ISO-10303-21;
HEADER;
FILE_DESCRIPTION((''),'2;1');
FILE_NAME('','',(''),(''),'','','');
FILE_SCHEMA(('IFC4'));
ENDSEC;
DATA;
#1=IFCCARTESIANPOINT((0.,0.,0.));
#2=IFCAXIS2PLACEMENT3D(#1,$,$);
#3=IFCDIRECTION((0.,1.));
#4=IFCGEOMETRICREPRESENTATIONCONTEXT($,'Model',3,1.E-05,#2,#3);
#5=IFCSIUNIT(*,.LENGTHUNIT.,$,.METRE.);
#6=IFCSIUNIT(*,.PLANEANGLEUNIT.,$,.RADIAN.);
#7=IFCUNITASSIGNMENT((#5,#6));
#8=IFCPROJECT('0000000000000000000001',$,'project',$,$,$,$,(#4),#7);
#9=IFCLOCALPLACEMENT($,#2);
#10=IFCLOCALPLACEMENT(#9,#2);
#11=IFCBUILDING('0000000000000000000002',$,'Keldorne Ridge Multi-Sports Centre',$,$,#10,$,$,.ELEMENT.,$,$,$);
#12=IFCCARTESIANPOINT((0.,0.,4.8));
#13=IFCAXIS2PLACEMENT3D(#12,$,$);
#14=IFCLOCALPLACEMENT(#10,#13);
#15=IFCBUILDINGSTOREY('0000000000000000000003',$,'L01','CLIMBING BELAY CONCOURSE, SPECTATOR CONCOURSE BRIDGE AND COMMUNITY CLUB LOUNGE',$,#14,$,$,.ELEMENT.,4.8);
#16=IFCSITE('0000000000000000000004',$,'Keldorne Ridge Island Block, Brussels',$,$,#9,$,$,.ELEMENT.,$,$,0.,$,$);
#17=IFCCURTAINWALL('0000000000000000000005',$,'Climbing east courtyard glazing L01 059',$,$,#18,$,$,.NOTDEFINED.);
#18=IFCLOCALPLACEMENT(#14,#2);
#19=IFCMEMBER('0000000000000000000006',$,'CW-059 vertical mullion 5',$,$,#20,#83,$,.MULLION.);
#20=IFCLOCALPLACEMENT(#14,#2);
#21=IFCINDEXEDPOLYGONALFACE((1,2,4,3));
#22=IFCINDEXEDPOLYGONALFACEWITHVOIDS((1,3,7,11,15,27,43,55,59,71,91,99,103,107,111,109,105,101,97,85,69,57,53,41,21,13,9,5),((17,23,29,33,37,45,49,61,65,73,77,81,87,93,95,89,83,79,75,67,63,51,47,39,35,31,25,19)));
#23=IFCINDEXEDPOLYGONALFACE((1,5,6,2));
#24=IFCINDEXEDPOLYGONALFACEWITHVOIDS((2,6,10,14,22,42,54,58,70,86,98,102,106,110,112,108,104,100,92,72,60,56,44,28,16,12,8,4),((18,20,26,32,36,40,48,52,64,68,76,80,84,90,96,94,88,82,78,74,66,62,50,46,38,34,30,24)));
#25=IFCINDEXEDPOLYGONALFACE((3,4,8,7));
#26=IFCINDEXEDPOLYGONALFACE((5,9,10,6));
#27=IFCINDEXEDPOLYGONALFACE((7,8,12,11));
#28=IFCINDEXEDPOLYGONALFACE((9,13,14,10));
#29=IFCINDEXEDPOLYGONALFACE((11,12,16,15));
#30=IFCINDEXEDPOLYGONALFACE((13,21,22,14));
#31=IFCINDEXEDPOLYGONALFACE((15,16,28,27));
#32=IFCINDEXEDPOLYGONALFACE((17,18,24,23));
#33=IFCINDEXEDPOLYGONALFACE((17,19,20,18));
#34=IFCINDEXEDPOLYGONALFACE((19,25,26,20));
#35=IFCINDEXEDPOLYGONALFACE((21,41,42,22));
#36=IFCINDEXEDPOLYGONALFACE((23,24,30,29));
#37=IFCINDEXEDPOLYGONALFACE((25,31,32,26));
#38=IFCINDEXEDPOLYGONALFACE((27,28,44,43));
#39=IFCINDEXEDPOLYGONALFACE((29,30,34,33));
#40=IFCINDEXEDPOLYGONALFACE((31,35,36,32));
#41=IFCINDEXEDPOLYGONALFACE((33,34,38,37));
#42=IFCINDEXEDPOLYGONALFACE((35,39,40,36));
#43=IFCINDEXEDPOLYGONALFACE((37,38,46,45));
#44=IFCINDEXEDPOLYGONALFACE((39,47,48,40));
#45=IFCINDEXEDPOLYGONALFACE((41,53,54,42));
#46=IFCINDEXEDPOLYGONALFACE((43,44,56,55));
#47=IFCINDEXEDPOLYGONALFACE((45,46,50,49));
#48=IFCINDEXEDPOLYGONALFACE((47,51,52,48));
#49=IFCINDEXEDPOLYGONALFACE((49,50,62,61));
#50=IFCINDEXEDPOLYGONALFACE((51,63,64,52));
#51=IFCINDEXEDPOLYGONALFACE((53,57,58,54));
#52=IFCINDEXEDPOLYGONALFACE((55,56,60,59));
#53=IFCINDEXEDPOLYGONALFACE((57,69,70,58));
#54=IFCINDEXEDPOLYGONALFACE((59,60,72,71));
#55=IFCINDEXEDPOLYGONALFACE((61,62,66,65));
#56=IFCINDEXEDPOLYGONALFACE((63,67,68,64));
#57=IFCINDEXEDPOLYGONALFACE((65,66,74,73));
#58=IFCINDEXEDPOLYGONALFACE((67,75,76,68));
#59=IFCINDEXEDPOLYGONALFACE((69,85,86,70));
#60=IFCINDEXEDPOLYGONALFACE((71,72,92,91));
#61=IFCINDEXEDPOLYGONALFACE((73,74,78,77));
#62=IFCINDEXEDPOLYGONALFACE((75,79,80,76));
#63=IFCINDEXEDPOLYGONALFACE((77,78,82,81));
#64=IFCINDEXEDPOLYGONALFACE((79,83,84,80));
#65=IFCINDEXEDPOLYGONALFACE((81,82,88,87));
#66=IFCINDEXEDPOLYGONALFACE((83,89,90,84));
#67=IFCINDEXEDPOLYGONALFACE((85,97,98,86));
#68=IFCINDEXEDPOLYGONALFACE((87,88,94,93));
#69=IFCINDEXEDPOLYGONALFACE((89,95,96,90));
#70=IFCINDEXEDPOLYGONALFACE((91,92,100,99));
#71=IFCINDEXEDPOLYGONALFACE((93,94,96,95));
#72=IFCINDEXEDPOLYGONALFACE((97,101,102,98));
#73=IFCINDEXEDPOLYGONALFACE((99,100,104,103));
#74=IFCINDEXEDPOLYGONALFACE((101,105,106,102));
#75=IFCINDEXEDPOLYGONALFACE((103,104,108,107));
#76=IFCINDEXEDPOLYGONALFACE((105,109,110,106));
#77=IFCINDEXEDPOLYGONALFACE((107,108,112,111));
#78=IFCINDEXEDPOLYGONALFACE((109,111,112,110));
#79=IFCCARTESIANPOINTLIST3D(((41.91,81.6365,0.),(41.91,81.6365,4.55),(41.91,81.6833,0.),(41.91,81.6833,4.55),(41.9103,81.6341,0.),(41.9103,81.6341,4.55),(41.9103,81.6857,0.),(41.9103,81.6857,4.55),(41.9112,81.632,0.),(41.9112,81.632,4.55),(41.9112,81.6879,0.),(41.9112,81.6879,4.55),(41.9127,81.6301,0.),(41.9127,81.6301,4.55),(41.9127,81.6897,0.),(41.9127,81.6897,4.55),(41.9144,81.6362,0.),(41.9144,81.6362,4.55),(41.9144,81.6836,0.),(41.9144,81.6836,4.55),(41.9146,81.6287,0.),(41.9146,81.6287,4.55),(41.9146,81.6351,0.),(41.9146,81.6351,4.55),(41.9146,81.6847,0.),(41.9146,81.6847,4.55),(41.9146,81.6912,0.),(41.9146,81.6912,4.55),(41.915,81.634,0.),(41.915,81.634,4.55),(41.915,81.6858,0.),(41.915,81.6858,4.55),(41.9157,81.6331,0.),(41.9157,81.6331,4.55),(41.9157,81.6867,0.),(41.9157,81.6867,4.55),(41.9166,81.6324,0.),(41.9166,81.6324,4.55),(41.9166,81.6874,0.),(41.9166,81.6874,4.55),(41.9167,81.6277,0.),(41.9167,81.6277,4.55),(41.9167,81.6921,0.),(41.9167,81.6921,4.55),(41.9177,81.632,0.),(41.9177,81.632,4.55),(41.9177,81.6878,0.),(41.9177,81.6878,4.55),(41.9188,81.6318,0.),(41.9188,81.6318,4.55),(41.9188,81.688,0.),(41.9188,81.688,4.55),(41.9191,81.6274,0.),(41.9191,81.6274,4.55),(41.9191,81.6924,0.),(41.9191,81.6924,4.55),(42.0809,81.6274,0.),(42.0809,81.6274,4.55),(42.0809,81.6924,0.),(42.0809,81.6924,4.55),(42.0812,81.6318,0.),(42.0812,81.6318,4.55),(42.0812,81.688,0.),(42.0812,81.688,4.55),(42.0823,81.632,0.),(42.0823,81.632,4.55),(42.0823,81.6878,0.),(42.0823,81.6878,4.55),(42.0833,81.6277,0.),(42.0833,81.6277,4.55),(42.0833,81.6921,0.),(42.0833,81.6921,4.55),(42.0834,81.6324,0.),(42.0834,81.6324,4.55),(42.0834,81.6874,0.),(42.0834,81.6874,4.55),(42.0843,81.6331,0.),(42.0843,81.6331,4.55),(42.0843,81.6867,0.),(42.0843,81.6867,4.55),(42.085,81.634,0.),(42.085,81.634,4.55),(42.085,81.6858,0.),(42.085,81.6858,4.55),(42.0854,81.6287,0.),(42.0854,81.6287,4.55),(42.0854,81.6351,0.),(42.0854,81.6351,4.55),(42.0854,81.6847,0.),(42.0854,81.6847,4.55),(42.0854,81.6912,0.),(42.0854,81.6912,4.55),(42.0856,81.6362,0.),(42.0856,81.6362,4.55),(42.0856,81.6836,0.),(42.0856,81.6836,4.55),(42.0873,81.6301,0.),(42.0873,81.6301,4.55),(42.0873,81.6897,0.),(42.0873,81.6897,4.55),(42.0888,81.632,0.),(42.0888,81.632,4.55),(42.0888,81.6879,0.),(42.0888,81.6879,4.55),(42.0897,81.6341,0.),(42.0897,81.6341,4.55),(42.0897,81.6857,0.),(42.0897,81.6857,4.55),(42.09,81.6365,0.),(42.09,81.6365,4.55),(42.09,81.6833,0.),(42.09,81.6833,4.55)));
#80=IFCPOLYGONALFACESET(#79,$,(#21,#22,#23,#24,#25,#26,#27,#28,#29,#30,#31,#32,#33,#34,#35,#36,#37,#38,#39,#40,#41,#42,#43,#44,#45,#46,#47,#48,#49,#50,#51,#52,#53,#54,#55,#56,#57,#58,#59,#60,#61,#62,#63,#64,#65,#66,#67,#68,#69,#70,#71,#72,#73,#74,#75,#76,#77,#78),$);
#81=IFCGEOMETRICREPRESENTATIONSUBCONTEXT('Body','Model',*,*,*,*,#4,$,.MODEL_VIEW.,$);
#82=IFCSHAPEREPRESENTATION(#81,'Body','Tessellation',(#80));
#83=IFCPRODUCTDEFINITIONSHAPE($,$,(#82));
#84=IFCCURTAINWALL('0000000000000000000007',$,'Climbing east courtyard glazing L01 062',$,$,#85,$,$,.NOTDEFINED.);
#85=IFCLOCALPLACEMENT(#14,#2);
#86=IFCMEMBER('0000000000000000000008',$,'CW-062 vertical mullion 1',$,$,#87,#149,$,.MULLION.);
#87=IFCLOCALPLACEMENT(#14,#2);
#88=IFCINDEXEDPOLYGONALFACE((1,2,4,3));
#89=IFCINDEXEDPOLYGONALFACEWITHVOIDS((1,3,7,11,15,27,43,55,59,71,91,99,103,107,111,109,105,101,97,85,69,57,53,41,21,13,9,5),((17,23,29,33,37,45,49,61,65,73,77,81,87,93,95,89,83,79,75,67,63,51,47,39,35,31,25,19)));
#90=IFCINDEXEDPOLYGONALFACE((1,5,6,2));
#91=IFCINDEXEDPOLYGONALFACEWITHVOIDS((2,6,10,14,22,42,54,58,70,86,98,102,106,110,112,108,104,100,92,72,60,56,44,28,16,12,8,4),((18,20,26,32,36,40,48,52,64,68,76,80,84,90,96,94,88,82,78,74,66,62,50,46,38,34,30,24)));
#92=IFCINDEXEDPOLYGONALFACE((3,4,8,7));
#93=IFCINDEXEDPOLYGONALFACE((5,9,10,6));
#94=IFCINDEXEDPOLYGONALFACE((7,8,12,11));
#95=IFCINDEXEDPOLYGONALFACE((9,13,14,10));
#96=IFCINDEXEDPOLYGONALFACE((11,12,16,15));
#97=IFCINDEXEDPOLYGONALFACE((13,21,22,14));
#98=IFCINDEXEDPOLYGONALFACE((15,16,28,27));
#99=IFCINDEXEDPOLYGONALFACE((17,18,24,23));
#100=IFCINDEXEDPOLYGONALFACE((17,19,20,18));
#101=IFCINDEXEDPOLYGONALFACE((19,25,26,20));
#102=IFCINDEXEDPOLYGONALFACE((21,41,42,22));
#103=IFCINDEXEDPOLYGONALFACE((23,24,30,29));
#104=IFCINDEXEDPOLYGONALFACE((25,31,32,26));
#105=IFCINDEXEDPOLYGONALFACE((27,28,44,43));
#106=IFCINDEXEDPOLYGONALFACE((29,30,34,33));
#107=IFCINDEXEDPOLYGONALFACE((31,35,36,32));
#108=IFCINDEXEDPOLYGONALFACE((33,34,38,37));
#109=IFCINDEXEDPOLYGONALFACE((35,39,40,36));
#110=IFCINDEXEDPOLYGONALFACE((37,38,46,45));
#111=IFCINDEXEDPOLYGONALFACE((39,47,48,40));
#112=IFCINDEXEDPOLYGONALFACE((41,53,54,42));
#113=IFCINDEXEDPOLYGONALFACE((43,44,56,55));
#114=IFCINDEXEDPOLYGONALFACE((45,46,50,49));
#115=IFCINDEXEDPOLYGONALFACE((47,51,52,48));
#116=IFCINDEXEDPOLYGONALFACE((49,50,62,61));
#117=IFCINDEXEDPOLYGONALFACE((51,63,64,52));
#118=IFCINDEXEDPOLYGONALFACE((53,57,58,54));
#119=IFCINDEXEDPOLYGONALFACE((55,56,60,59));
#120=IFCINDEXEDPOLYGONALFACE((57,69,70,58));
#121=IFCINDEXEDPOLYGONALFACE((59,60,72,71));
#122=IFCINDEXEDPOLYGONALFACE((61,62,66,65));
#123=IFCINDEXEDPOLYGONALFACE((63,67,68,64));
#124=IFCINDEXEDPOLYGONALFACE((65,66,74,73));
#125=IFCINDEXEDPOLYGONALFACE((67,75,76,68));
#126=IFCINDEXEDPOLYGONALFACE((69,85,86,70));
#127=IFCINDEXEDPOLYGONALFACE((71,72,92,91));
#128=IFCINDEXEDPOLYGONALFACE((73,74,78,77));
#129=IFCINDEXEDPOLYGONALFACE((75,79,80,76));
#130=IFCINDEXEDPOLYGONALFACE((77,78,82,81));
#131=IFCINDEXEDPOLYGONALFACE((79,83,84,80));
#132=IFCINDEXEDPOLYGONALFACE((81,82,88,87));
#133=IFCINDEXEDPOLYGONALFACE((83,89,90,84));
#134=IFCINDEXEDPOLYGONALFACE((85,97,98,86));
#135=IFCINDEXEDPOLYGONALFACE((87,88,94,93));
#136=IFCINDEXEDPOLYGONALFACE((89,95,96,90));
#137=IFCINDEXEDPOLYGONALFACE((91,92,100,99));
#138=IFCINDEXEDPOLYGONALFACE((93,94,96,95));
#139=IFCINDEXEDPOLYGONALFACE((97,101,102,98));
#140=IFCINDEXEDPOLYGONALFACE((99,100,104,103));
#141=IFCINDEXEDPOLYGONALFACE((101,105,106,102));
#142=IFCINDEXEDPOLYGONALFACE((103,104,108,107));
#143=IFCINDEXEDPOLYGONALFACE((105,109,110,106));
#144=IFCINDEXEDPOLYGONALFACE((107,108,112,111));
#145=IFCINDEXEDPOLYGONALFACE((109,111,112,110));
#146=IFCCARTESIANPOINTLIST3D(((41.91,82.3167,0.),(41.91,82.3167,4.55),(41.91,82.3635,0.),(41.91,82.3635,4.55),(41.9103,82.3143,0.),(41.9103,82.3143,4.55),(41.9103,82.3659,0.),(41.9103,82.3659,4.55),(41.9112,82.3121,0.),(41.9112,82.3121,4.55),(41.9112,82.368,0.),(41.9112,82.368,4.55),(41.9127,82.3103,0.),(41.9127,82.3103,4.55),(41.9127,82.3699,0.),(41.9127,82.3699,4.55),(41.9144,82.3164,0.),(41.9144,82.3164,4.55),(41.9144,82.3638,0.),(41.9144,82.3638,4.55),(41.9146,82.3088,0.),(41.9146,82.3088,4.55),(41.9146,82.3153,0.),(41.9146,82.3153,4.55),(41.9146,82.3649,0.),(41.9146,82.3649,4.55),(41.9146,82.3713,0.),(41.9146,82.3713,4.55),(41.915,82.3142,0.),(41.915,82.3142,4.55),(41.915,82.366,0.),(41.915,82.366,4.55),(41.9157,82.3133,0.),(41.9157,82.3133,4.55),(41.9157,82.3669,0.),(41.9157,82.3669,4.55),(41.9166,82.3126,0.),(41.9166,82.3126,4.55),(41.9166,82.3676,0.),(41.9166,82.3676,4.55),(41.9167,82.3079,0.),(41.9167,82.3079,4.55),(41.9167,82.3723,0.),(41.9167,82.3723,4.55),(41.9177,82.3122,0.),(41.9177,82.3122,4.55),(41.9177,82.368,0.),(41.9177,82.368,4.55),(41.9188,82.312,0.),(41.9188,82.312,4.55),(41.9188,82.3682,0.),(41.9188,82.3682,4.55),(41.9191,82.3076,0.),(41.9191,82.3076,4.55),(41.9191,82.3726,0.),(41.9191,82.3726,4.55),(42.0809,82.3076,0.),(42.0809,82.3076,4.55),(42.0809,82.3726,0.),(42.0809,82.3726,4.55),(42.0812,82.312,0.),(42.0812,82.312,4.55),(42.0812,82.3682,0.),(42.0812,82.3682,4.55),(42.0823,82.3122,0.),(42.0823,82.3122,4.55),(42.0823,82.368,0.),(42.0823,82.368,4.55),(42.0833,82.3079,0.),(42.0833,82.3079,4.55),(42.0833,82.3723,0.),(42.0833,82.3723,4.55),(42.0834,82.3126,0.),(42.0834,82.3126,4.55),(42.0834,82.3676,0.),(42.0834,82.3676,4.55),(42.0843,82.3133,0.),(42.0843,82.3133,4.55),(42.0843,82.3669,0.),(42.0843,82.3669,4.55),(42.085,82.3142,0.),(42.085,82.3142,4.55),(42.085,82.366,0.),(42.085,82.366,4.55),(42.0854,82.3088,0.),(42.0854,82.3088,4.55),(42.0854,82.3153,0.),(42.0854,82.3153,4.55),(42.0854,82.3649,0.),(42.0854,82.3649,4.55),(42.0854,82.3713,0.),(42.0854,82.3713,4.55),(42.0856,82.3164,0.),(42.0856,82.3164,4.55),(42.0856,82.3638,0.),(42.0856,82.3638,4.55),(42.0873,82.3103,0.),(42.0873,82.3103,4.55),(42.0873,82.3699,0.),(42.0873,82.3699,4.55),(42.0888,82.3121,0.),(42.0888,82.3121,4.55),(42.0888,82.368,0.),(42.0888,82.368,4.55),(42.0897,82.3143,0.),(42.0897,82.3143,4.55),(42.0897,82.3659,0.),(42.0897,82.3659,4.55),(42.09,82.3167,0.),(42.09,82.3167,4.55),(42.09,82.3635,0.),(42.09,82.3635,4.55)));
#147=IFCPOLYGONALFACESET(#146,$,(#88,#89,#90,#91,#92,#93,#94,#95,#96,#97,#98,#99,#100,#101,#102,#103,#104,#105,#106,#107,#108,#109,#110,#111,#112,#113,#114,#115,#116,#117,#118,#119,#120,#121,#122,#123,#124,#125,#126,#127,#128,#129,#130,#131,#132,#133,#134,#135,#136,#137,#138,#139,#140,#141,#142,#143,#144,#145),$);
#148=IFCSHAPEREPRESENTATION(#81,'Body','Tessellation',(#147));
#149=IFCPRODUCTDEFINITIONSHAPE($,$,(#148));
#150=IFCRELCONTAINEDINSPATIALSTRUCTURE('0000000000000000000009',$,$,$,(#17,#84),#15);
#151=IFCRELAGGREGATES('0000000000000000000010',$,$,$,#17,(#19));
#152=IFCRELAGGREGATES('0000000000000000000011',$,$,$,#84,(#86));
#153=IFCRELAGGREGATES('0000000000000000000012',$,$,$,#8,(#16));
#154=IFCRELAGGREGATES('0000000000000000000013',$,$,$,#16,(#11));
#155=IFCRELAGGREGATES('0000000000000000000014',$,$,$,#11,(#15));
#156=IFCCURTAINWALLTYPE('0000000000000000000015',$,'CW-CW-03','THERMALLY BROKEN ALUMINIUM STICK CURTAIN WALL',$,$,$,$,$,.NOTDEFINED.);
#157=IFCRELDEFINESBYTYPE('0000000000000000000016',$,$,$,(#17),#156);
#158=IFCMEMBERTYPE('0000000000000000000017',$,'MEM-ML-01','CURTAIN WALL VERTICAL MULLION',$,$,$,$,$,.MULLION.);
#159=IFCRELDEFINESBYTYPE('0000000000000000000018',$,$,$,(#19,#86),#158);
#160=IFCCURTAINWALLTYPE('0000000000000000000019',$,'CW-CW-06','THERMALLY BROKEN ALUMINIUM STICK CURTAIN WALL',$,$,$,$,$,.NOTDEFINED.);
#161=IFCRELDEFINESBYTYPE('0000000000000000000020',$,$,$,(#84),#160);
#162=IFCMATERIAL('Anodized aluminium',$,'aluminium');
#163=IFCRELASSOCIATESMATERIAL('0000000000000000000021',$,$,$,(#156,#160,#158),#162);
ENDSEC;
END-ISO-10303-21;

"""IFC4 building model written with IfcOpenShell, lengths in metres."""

from ifc_helpers import new_model, si_unit, direction, frame, origin, origin_2d, place, context, subcontext, project, spatial, hollow_rectangle, extrude, material, material_profile, profile_set, type_object, element, aggregate, save


model = new_model("IFC4")

# Units and contexts
model_context = context("Model", 3, precision=1e-05, world=origin(), true_north=direction((0.0, 1.0)))
body_context = subcontext(model_context, "Body", "Model", "MODEL_VIEW")
ifc_project = project(units=[si_unit("LENGTHUNIT", "METRE"), si_unit("PLANEANGLEUNIT", "RADIAN")], contexts=[model_context])

# Site, building, storey
site_placement = place(None, origin())
site = spatial("IfcSite", under=ifc_project, at=site_placement, Name="Keldorne Ridge Island Block, Brussels", CompositionType="ELEMENT", RefElevation=0.0)
building_placement = place(site_placement, origin())
building = spatial("IfcBuilding", under=site, at=building_placement, Name="Keldorne Ridge Multi-Sports Centre", CompositionType="ELEMENT")
storey_placement = place(building_placement, frame((0.0, 0.0, 4.8)))
storey = spatial("IfcBuildingStorey", under=building, at=storey_placement, Name="L01", Description="CLIMBING BELAY CONCOURSE, SPECTATOR CONCOURSE BRIDGE AND COMMUNITY CLUB LOUNGE", CompositionType="ELEMENT", Elevation=4.8)

# Curtain walls, members
ifc_material_1 = material(Name="Anodized aluminium", Category="aluminium")
curtain_wall_type_1 = type_object("IfcCurtainWallType", Name="CW-CW-03", Description="THERMALLY BROKEN ALUMINIUM STICK CURTAIN WALL", PredefinedType="NOTDEFINED", material=ifc_material_1)
curtain_wall_1_placement = place(storey_placement, origin())
curtain_wall_1 = element("IfcCurtainWall", 1, at=curtain_wall_1_placement, inside=storey, type_object=curtain_wall_type_1, Name="Climbing east courtyard glazing L01 059", PredefinedType="NOTDEFINED")
ifc_material_profile_1 = material_profile(ifc_material_1, hollow_rectangle(XDim=0.0649, YDim=0.1799, WallThickness=0.0044, InnerFilletRadius=0.0044, OuterFilletRadius=0.009, at=origin_2d()), Name="ALU MULLION 180x65x4.5")
ifc_profile_set_1 = profile_set([ifc_material_profile_1], Name="Anodized aluminium")
member_type_1 = type_object("IfcMemberType", Name="MEM-ML-01", Description="CURTAIN WALL VERTICAL MULLION", PredefinedType="MULLION", material=ifc_profile_set_1)
member_1_placement = place(storey_placement, frame((42.0, 81.6599, 0.0), z_axis=(0.0, 0.0, 1.0), x_axis=(0.0, 1.0, 0.0)))
member_1 = element("IfcMember", 2, at=member_1_placement, type_object=member_type_1, Name="CW-059 vertical mullion 5", PredefinedType="MULLION", context=body_context, shape_type="SweptSolid", body=[
    extrude(hollow_rectangle(XDim=0.0649, YDim=0.1799, WallThickness=0.0044, InnerFilletRadius=0.0044, OuterFilletRadius=0.009, at=origin_2d()), origin(), (0.0, 0.0, 1.0), 4.55),
])
curtain_wall_type_2 = type_object("IfcCurtainWallType", Name="CW-CW-06", Description="THERMALLY BROKEN ALUMINIUM STICK CURTAIN WALL", PredefinedType="NOTDEFINED", material=ifc_material_1)
curtain_wall_2_placement = place(storey_placement, origin())
curtain_wall_2 = element("IfcCurtainWall", 3, at=curtain_wall_2_placement, inside=storey, type_object=curtain_wall_type_2, Name="Climbing east courtyard glazing L01 062", PredefinedType="NOTDEFINED")
member_2_placement = place(storey_placement, frame((42.0, 82.3401, 0.0), z_axis=(0.0, 0.0, 1.0), x_axis=(0.0, 1.0, 0.0)))
member_2 = element("IfcMember", 4, at=member_2_placement, type_object=member_type_1, Name="CW-062 vertical mullion 1", PredefinedType="MULLION", context=body_context, shape_type="SweptSolid", body=[
    extrude(hollow_rectangle(XDim=0.0649, YDim=0.1799, WallThickness=0.0044, InnerFilletRadius=0.0044, OuterFilletRadius=0.009, at=origin_2d()), origin(), (0.0, 0.0, 1.0), 4.55),
])

aggregate(curtain_wall_1, [member_1])
aggregate(curtain_wall_2, [member_2])

save(model, "model.ifc")
